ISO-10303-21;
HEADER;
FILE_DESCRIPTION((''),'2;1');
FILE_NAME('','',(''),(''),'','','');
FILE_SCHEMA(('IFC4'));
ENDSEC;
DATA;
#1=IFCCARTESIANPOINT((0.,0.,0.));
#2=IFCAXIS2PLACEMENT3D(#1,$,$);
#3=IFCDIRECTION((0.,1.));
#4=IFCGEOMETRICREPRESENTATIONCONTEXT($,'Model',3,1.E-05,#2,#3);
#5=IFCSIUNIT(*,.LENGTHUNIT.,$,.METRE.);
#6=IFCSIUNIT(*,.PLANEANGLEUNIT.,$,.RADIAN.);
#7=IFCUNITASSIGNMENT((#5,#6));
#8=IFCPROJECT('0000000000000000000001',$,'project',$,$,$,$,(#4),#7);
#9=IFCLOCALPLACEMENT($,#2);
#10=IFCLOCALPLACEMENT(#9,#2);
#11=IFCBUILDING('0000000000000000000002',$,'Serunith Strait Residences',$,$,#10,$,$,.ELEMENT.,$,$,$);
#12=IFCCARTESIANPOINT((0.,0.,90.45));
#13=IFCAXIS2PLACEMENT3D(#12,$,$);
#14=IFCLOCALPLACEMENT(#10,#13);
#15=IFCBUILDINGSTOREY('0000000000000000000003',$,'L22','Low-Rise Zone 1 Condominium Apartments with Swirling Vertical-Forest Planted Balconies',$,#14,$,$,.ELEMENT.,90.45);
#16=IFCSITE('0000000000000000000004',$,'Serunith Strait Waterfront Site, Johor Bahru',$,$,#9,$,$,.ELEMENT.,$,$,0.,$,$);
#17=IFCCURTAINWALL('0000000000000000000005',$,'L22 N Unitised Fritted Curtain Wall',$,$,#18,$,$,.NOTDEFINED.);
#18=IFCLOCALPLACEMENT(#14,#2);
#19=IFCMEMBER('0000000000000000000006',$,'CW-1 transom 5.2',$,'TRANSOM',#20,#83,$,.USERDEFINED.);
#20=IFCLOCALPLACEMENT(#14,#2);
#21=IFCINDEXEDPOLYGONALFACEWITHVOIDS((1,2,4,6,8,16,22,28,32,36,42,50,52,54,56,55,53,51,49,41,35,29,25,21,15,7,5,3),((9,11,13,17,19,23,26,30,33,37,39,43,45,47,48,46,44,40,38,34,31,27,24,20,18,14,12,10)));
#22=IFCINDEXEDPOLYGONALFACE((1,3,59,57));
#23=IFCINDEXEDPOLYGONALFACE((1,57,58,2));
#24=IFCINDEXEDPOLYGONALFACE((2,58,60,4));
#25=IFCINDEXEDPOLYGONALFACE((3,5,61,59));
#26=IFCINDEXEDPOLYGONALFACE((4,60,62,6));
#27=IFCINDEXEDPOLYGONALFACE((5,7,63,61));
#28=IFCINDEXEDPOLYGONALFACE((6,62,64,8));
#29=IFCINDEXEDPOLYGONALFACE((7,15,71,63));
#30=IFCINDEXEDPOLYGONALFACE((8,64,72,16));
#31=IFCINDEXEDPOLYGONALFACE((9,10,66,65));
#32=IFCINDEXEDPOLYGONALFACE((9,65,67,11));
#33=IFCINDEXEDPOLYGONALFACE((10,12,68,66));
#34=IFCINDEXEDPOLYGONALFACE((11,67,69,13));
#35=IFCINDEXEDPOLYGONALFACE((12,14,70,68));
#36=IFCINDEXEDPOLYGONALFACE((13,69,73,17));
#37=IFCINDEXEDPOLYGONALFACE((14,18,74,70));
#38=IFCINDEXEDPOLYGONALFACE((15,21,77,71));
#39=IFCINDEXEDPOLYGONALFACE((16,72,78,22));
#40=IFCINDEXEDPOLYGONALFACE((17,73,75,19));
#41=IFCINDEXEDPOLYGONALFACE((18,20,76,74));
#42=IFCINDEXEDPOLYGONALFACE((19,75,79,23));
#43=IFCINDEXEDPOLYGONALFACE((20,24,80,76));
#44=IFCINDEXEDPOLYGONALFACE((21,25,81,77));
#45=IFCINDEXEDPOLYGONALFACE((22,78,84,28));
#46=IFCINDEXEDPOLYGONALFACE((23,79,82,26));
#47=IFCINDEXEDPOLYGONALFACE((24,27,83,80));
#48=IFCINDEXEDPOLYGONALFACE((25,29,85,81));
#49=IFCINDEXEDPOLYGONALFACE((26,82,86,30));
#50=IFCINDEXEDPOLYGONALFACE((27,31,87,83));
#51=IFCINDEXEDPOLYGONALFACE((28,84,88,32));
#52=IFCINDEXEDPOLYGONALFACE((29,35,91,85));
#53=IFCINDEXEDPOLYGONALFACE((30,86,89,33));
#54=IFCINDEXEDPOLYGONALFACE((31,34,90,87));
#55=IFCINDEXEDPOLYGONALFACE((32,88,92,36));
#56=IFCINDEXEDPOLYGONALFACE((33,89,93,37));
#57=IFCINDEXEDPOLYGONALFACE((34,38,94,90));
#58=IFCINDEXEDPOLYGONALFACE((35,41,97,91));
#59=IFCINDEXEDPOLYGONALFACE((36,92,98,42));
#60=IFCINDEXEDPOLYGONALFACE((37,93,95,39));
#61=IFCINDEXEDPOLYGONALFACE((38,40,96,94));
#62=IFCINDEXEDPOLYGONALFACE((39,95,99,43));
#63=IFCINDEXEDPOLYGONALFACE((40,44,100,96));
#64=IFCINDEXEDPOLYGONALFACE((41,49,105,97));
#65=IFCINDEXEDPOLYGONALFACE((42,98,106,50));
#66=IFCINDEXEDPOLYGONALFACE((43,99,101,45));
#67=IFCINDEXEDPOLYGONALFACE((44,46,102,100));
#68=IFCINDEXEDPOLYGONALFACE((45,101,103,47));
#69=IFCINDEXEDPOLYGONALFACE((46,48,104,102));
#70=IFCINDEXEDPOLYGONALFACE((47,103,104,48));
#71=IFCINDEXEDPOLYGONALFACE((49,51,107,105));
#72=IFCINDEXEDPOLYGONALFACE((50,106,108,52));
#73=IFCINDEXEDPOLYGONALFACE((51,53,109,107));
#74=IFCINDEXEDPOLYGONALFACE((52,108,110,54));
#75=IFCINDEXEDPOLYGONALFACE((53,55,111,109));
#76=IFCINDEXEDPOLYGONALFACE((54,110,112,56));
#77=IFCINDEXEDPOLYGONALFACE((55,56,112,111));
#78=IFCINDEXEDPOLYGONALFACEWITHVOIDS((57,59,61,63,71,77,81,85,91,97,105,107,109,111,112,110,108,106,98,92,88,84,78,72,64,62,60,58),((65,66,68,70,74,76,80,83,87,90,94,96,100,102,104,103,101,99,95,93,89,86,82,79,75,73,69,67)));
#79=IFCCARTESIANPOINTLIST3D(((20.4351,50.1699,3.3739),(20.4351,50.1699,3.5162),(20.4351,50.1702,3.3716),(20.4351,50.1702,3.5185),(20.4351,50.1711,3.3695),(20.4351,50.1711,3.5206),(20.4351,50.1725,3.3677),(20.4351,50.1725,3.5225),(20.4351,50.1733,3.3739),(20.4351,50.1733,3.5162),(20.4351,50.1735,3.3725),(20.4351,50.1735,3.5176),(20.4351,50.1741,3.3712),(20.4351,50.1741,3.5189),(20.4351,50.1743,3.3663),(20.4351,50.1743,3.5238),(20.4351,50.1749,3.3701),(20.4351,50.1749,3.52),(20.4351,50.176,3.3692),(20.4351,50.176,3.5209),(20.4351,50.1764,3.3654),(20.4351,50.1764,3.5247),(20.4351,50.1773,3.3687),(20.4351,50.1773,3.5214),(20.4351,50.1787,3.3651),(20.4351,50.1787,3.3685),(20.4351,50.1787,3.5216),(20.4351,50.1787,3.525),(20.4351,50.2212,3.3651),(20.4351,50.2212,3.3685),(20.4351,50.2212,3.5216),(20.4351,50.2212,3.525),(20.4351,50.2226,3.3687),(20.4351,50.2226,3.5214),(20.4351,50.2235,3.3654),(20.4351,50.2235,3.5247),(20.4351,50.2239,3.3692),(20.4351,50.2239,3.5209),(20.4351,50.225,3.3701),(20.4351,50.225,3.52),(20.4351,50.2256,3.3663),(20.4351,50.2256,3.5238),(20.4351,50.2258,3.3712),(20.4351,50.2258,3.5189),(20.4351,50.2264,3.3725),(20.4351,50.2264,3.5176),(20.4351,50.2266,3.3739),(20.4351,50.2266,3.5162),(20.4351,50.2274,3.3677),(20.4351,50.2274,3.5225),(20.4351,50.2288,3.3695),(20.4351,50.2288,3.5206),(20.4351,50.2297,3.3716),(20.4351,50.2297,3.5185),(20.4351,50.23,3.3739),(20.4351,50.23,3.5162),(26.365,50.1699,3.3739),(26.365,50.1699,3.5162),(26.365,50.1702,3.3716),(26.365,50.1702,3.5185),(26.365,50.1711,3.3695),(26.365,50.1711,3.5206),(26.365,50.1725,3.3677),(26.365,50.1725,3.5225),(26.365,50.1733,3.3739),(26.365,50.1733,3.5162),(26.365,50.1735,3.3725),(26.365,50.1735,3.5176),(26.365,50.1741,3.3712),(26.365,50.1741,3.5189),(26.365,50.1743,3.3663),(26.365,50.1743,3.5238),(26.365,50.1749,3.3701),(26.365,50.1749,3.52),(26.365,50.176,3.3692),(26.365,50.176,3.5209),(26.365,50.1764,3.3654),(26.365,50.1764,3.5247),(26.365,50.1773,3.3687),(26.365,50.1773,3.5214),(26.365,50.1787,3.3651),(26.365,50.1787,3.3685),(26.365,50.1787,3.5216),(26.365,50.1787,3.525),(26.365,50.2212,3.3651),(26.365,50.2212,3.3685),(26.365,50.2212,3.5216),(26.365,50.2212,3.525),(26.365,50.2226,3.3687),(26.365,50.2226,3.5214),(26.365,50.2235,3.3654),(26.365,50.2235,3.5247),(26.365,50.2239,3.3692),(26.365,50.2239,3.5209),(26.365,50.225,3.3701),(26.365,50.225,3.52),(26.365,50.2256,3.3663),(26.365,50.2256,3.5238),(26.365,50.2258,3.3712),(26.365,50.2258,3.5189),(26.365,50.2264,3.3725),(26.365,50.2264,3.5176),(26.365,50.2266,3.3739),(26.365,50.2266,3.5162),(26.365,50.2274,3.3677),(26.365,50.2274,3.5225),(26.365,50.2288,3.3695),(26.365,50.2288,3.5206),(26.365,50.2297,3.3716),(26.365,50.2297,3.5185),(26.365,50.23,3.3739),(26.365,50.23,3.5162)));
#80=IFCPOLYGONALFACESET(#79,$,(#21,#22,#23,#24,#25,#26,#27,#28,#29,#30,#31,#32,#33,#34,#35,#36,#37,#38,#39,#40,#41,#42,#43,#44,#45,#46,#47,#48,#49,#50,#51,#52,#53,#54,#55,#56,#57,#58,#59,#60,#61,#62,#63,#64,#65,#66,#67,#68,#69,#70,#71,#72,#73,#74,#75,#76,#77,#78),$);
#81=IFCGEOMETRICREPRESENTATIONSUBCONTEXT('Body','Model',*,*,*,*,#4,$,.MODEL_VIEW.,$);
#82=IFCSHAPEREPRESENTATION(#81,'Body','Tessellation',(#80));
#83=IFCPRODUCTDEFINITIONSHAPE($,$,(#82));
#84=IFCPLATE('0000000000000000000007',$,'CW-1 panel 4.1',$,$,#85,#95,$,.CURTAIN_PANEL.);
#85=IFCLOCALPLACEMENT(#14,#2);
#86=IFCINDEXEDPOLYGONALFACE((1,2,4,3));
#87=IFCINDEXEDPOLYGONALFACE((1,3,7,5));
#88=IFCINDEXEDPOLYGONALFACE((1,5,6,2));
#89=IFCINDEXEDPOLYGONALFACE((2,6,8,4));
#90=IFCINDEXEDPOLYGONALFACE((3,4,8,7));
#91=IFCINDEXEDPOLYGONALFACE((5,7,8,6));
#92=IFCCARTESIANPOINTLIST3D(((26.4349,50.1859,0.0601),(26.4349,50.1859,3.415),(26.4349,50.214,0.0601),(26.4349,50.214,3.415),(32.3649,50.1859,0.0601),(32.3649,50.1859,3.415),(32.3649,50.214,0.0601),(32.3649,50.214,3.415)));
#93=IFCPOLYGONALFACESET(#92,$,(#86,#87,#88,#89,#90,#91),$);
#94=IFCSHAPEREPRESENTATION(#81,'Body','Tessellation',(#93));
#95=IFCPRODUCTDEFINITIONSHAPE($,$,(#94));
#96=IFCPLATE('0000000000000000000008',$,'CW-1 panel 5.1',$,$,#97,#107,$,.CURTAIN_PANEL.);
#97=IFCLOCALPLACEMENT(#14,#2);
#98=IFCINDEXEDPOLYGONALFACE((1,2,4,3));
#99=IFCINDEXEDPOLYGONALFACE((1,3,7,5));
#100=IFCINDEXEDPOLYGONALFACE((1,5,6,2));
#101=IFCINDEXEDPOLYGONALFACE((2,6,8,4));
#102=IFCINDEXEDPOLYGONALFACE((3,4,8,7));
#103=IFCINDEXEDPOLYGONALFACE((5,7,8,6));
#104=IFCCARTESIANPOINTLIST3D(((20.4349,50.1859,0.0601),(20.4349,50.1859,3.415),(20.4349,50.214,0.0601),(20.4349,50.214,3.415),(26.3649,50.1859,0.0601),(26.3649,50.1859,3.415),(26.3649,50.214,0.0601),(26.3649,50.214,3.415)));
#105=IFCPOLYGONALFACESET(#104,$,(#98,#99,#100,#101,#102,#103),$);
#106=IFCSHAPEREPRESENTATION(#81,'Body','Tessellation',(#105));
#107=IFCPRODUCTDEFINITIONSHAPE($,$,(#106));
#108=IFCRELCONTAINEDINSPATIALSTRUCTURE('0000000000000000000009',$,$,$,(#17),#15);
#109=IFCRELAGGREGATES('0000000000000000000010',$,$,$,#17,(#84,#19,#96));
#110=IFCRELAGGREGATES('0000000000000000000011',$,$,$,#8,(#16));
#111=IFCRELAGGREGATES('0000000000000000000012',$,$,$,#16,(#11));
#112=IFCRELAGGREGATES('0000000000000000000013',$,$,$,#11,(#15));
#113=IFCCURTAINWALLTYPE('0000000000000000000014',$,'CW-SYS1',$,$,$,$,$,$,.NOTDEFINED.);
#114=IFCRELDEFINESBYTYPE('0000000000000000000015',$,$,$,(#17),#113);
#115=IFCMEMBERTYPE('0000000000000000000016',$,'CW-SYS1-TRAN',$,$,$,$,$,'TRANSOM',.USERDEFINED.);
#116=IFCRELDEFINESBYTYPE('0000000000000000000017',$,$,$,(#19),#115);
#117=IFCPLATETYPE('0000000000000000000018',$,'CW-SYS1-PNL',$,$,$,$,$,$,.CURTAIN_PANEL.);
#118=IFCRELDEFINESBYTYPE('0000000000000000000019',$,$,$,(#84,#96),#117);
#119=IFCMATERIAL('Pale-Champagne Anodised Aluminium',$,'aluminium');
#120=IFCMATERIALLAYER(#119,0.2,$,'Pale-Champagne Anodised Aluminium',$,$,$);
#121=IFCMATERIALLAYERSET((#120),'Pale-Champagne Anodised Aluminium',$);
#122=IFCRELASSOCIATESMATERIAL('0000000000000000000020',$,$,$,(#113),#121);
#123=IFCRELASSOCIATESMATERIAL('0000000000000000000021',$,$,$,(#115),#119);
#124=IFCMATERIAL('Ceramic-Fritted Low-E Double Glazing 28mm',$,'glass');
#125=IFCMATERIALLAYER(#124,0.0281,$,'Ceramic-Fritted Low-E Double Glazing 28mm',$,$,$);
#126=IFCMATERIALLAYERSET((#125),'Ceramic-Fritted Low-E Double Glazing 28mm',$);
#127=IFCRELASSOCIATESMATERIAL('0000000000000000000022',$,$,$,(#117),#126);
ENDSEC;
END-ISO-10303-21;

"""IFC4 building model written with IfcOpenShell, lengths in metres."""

from ifc_helpers import new_model, si_unit, direction, frame, origin, origin_2d, place, context, subcontext, project, spatial, rectangle, hollow_rectangle, extrude, source, transform, mapped, material, layer, layer_set, material_profile, profile_set, type_object, element, aggregate, save


model = new_model("IFC4")

# Units and contexts
model_context = context("Model", 3, precision=1e-05, world=origin(), true_north=direction((0.0, 1.0)))
body_context = subcontext(model_context, "Body", "Model", "MODEL_VIEW")
ifc_project = project(units=[si_unit("LENGTHUNIT", "METRE"), si_unit("PLANEANGLEUNIT", "RADIAN")], contexts=[model_context])

# Site, building, storey
site_placement = place(None, origin())
site = spatial("IfcSite", under=ifc_project, at=site_placement, Name="Serunith Strait Waterfront Site, Johor Bahru", CompositionType="ELEMENT", RefElevation=0.0)
building_placement = place(site_placement, origin())
building = spatial("IfcBuilding", under=site, at=building_placement, Name="Serunith Strait Residences", CompositionType="ELEMENT")
storey_placement = place(building_placement, frame((0.0, 0.0, 90.45)))
storey = spatial("IfcBuildingStorey", under=building, at=storey_placement, Name="L22", Description="Low-Rise Zone 1 Condominium Apartments with Swirling Vertical-Forest Planted Balconies", CompositionType="ELEMENT", Elevation=90.45)

# Curtain wall, member, plates
ifc_material_1 = material(Name="Pale-Champagne Anodised Aluminium", Category="aluminium")
ifc_layer_1 = layer(ifc_material_1, 0.2, Name="Pale-Champagne Anodised Aluminium")
ifc_layer_set_1 = layer_set([ifc_layer_1], Name="Pale-Champagne Anodised Aluminium")
curtain_wall_type = type_object("IfcCurtainWallType", Name="CW-SYS1", PredefinedType="NOTDEFINED", material=ifc_layer_set_1)
curtain_wall_placement = place(storey_placement, origin())
curtain_wall = element("IfcCurtainWall", 1, at=curtain_wall_placement, inside=storey, type_object=curtain_wall_type, Name="L22 N Unitised Fritted Curtain Wall", PredefinedType="NOTDEFINED")
ifc_material_profile_1 = material_profile(ifc_material_1, hollow_rectangle(XDim=0.0601, YDim=0.1599, WallThickness=0.0034, InnerFilletRadius=0.0054, OuterFilletRadius=0.0088, at=origin_2d()), Name="ALU 160x60x3.5")
ifc_profile_set_1 = profile_set([ifc_material_profile_1], Name="Pale-Champagne Anodised Aluminium")
member_type_1 = type_object("IfcMemberType", Name="CW-SYS1-TRAN", ElementType="TRANSOM", PredefinedType="USERDEFINED", material=ifc_profile_set_1)
shared_shape_1 = source(origin(), body_context, "Body", "SweptSolid", [
    extrude(hollow_rectangle(XDim=0.0601, YDim=0.1599, WallThickness=0.0034, InnerFilletRadius=0.0054, OuterFilletRadius=0.0088, at=origin_2d()), origin(), (0.0, 0.0, 1.0), 5.9299),
])
member_1_placement = place(storey_placement, frame((26.365, 50.2, 3.4451), z_axis=(-1.0, 0.0, 0.0), x_axis=(0.0, -1.0, 0.0)))
member_1 = element("IfcMember", 2, at=member_1_placement, type_object=member_type_1, Name="CW-1 transom 5.2", ObjectType="TRANSOM", PredefinedType="USERDEFINED", context=body_context, shape_type="MappedRepresentation", body=[
    mapped(shared_shape_1, transform((0.0, 0.0, 0.0), scale=1.0)),
])
ifc_material_2 = material(Name="Ceramic-Fritted Low-E Double Glazing 28mm", Category="glass")
ifc_layer_2 = layer(ifc_material_2, 0.0281, Name="Ceramic-Fritted Low-E Double Glazing 28mm")
ifc_layer_set_2 = layer_set([ifc_layer_2], Name="Ceramic-Fritted Low-E Double Glazing 28mm")
plate_type = type_object("IfcPlateType", Name="CW-SYS1-PNL", PredefinedType="CURTAIN_PANEL", material=ifc_layer_set_2)
shared_shape_2 = source(origin(), body_context, "Body", "SweptSolid", [
    extrude(rectangle(XDim=5.9299, YDim=0.0281, at=origin_2d()), origin(), (0.0, 0.0, 1.0), 3.355),
])
plate_1_placement = place(storey_placement, frame((29.3999, 50.2, 0.0601), z_axis=(0.0, 0.0, 1.0), x_axis=(-1.0, 0.0, 0.0)))
plate_1 = element("IfcPlate", 3, at=plate_1_placement, type_object=plate_type, Name="CW-1 panel 4.1", PredefinedType="CURTAIN_PANEL", context=body_context, shape_type="MappedRepresentation", body=[
    mapped(shared_shape_2, transform((0.0, 0.0, 0.0), scale=1.0)),
])
plate_2_placement = place(storey_placement, frame((23.3999, 50.2, 0.0601), z_axis=(0.0, 0.0, 1.0), x_axis=(-1.0, 0.0, 0.0)))
plate_2 = element("IfcPlate", 4, at=plate_2_placement, type_object=plate_type, Name="CW-1 panel 5.1", PredefinedType="CURTAIN_PANEL", context=body_context, shape_type="MappedRepresentation", body=[
    mapped(shared_shape_2, transform((0.0, 0.0, 0.0), scale=1.0)),
])
aggregate(curtain_wall, [plate_1, member_1, plate_2])

save(model, "model.ifc")
